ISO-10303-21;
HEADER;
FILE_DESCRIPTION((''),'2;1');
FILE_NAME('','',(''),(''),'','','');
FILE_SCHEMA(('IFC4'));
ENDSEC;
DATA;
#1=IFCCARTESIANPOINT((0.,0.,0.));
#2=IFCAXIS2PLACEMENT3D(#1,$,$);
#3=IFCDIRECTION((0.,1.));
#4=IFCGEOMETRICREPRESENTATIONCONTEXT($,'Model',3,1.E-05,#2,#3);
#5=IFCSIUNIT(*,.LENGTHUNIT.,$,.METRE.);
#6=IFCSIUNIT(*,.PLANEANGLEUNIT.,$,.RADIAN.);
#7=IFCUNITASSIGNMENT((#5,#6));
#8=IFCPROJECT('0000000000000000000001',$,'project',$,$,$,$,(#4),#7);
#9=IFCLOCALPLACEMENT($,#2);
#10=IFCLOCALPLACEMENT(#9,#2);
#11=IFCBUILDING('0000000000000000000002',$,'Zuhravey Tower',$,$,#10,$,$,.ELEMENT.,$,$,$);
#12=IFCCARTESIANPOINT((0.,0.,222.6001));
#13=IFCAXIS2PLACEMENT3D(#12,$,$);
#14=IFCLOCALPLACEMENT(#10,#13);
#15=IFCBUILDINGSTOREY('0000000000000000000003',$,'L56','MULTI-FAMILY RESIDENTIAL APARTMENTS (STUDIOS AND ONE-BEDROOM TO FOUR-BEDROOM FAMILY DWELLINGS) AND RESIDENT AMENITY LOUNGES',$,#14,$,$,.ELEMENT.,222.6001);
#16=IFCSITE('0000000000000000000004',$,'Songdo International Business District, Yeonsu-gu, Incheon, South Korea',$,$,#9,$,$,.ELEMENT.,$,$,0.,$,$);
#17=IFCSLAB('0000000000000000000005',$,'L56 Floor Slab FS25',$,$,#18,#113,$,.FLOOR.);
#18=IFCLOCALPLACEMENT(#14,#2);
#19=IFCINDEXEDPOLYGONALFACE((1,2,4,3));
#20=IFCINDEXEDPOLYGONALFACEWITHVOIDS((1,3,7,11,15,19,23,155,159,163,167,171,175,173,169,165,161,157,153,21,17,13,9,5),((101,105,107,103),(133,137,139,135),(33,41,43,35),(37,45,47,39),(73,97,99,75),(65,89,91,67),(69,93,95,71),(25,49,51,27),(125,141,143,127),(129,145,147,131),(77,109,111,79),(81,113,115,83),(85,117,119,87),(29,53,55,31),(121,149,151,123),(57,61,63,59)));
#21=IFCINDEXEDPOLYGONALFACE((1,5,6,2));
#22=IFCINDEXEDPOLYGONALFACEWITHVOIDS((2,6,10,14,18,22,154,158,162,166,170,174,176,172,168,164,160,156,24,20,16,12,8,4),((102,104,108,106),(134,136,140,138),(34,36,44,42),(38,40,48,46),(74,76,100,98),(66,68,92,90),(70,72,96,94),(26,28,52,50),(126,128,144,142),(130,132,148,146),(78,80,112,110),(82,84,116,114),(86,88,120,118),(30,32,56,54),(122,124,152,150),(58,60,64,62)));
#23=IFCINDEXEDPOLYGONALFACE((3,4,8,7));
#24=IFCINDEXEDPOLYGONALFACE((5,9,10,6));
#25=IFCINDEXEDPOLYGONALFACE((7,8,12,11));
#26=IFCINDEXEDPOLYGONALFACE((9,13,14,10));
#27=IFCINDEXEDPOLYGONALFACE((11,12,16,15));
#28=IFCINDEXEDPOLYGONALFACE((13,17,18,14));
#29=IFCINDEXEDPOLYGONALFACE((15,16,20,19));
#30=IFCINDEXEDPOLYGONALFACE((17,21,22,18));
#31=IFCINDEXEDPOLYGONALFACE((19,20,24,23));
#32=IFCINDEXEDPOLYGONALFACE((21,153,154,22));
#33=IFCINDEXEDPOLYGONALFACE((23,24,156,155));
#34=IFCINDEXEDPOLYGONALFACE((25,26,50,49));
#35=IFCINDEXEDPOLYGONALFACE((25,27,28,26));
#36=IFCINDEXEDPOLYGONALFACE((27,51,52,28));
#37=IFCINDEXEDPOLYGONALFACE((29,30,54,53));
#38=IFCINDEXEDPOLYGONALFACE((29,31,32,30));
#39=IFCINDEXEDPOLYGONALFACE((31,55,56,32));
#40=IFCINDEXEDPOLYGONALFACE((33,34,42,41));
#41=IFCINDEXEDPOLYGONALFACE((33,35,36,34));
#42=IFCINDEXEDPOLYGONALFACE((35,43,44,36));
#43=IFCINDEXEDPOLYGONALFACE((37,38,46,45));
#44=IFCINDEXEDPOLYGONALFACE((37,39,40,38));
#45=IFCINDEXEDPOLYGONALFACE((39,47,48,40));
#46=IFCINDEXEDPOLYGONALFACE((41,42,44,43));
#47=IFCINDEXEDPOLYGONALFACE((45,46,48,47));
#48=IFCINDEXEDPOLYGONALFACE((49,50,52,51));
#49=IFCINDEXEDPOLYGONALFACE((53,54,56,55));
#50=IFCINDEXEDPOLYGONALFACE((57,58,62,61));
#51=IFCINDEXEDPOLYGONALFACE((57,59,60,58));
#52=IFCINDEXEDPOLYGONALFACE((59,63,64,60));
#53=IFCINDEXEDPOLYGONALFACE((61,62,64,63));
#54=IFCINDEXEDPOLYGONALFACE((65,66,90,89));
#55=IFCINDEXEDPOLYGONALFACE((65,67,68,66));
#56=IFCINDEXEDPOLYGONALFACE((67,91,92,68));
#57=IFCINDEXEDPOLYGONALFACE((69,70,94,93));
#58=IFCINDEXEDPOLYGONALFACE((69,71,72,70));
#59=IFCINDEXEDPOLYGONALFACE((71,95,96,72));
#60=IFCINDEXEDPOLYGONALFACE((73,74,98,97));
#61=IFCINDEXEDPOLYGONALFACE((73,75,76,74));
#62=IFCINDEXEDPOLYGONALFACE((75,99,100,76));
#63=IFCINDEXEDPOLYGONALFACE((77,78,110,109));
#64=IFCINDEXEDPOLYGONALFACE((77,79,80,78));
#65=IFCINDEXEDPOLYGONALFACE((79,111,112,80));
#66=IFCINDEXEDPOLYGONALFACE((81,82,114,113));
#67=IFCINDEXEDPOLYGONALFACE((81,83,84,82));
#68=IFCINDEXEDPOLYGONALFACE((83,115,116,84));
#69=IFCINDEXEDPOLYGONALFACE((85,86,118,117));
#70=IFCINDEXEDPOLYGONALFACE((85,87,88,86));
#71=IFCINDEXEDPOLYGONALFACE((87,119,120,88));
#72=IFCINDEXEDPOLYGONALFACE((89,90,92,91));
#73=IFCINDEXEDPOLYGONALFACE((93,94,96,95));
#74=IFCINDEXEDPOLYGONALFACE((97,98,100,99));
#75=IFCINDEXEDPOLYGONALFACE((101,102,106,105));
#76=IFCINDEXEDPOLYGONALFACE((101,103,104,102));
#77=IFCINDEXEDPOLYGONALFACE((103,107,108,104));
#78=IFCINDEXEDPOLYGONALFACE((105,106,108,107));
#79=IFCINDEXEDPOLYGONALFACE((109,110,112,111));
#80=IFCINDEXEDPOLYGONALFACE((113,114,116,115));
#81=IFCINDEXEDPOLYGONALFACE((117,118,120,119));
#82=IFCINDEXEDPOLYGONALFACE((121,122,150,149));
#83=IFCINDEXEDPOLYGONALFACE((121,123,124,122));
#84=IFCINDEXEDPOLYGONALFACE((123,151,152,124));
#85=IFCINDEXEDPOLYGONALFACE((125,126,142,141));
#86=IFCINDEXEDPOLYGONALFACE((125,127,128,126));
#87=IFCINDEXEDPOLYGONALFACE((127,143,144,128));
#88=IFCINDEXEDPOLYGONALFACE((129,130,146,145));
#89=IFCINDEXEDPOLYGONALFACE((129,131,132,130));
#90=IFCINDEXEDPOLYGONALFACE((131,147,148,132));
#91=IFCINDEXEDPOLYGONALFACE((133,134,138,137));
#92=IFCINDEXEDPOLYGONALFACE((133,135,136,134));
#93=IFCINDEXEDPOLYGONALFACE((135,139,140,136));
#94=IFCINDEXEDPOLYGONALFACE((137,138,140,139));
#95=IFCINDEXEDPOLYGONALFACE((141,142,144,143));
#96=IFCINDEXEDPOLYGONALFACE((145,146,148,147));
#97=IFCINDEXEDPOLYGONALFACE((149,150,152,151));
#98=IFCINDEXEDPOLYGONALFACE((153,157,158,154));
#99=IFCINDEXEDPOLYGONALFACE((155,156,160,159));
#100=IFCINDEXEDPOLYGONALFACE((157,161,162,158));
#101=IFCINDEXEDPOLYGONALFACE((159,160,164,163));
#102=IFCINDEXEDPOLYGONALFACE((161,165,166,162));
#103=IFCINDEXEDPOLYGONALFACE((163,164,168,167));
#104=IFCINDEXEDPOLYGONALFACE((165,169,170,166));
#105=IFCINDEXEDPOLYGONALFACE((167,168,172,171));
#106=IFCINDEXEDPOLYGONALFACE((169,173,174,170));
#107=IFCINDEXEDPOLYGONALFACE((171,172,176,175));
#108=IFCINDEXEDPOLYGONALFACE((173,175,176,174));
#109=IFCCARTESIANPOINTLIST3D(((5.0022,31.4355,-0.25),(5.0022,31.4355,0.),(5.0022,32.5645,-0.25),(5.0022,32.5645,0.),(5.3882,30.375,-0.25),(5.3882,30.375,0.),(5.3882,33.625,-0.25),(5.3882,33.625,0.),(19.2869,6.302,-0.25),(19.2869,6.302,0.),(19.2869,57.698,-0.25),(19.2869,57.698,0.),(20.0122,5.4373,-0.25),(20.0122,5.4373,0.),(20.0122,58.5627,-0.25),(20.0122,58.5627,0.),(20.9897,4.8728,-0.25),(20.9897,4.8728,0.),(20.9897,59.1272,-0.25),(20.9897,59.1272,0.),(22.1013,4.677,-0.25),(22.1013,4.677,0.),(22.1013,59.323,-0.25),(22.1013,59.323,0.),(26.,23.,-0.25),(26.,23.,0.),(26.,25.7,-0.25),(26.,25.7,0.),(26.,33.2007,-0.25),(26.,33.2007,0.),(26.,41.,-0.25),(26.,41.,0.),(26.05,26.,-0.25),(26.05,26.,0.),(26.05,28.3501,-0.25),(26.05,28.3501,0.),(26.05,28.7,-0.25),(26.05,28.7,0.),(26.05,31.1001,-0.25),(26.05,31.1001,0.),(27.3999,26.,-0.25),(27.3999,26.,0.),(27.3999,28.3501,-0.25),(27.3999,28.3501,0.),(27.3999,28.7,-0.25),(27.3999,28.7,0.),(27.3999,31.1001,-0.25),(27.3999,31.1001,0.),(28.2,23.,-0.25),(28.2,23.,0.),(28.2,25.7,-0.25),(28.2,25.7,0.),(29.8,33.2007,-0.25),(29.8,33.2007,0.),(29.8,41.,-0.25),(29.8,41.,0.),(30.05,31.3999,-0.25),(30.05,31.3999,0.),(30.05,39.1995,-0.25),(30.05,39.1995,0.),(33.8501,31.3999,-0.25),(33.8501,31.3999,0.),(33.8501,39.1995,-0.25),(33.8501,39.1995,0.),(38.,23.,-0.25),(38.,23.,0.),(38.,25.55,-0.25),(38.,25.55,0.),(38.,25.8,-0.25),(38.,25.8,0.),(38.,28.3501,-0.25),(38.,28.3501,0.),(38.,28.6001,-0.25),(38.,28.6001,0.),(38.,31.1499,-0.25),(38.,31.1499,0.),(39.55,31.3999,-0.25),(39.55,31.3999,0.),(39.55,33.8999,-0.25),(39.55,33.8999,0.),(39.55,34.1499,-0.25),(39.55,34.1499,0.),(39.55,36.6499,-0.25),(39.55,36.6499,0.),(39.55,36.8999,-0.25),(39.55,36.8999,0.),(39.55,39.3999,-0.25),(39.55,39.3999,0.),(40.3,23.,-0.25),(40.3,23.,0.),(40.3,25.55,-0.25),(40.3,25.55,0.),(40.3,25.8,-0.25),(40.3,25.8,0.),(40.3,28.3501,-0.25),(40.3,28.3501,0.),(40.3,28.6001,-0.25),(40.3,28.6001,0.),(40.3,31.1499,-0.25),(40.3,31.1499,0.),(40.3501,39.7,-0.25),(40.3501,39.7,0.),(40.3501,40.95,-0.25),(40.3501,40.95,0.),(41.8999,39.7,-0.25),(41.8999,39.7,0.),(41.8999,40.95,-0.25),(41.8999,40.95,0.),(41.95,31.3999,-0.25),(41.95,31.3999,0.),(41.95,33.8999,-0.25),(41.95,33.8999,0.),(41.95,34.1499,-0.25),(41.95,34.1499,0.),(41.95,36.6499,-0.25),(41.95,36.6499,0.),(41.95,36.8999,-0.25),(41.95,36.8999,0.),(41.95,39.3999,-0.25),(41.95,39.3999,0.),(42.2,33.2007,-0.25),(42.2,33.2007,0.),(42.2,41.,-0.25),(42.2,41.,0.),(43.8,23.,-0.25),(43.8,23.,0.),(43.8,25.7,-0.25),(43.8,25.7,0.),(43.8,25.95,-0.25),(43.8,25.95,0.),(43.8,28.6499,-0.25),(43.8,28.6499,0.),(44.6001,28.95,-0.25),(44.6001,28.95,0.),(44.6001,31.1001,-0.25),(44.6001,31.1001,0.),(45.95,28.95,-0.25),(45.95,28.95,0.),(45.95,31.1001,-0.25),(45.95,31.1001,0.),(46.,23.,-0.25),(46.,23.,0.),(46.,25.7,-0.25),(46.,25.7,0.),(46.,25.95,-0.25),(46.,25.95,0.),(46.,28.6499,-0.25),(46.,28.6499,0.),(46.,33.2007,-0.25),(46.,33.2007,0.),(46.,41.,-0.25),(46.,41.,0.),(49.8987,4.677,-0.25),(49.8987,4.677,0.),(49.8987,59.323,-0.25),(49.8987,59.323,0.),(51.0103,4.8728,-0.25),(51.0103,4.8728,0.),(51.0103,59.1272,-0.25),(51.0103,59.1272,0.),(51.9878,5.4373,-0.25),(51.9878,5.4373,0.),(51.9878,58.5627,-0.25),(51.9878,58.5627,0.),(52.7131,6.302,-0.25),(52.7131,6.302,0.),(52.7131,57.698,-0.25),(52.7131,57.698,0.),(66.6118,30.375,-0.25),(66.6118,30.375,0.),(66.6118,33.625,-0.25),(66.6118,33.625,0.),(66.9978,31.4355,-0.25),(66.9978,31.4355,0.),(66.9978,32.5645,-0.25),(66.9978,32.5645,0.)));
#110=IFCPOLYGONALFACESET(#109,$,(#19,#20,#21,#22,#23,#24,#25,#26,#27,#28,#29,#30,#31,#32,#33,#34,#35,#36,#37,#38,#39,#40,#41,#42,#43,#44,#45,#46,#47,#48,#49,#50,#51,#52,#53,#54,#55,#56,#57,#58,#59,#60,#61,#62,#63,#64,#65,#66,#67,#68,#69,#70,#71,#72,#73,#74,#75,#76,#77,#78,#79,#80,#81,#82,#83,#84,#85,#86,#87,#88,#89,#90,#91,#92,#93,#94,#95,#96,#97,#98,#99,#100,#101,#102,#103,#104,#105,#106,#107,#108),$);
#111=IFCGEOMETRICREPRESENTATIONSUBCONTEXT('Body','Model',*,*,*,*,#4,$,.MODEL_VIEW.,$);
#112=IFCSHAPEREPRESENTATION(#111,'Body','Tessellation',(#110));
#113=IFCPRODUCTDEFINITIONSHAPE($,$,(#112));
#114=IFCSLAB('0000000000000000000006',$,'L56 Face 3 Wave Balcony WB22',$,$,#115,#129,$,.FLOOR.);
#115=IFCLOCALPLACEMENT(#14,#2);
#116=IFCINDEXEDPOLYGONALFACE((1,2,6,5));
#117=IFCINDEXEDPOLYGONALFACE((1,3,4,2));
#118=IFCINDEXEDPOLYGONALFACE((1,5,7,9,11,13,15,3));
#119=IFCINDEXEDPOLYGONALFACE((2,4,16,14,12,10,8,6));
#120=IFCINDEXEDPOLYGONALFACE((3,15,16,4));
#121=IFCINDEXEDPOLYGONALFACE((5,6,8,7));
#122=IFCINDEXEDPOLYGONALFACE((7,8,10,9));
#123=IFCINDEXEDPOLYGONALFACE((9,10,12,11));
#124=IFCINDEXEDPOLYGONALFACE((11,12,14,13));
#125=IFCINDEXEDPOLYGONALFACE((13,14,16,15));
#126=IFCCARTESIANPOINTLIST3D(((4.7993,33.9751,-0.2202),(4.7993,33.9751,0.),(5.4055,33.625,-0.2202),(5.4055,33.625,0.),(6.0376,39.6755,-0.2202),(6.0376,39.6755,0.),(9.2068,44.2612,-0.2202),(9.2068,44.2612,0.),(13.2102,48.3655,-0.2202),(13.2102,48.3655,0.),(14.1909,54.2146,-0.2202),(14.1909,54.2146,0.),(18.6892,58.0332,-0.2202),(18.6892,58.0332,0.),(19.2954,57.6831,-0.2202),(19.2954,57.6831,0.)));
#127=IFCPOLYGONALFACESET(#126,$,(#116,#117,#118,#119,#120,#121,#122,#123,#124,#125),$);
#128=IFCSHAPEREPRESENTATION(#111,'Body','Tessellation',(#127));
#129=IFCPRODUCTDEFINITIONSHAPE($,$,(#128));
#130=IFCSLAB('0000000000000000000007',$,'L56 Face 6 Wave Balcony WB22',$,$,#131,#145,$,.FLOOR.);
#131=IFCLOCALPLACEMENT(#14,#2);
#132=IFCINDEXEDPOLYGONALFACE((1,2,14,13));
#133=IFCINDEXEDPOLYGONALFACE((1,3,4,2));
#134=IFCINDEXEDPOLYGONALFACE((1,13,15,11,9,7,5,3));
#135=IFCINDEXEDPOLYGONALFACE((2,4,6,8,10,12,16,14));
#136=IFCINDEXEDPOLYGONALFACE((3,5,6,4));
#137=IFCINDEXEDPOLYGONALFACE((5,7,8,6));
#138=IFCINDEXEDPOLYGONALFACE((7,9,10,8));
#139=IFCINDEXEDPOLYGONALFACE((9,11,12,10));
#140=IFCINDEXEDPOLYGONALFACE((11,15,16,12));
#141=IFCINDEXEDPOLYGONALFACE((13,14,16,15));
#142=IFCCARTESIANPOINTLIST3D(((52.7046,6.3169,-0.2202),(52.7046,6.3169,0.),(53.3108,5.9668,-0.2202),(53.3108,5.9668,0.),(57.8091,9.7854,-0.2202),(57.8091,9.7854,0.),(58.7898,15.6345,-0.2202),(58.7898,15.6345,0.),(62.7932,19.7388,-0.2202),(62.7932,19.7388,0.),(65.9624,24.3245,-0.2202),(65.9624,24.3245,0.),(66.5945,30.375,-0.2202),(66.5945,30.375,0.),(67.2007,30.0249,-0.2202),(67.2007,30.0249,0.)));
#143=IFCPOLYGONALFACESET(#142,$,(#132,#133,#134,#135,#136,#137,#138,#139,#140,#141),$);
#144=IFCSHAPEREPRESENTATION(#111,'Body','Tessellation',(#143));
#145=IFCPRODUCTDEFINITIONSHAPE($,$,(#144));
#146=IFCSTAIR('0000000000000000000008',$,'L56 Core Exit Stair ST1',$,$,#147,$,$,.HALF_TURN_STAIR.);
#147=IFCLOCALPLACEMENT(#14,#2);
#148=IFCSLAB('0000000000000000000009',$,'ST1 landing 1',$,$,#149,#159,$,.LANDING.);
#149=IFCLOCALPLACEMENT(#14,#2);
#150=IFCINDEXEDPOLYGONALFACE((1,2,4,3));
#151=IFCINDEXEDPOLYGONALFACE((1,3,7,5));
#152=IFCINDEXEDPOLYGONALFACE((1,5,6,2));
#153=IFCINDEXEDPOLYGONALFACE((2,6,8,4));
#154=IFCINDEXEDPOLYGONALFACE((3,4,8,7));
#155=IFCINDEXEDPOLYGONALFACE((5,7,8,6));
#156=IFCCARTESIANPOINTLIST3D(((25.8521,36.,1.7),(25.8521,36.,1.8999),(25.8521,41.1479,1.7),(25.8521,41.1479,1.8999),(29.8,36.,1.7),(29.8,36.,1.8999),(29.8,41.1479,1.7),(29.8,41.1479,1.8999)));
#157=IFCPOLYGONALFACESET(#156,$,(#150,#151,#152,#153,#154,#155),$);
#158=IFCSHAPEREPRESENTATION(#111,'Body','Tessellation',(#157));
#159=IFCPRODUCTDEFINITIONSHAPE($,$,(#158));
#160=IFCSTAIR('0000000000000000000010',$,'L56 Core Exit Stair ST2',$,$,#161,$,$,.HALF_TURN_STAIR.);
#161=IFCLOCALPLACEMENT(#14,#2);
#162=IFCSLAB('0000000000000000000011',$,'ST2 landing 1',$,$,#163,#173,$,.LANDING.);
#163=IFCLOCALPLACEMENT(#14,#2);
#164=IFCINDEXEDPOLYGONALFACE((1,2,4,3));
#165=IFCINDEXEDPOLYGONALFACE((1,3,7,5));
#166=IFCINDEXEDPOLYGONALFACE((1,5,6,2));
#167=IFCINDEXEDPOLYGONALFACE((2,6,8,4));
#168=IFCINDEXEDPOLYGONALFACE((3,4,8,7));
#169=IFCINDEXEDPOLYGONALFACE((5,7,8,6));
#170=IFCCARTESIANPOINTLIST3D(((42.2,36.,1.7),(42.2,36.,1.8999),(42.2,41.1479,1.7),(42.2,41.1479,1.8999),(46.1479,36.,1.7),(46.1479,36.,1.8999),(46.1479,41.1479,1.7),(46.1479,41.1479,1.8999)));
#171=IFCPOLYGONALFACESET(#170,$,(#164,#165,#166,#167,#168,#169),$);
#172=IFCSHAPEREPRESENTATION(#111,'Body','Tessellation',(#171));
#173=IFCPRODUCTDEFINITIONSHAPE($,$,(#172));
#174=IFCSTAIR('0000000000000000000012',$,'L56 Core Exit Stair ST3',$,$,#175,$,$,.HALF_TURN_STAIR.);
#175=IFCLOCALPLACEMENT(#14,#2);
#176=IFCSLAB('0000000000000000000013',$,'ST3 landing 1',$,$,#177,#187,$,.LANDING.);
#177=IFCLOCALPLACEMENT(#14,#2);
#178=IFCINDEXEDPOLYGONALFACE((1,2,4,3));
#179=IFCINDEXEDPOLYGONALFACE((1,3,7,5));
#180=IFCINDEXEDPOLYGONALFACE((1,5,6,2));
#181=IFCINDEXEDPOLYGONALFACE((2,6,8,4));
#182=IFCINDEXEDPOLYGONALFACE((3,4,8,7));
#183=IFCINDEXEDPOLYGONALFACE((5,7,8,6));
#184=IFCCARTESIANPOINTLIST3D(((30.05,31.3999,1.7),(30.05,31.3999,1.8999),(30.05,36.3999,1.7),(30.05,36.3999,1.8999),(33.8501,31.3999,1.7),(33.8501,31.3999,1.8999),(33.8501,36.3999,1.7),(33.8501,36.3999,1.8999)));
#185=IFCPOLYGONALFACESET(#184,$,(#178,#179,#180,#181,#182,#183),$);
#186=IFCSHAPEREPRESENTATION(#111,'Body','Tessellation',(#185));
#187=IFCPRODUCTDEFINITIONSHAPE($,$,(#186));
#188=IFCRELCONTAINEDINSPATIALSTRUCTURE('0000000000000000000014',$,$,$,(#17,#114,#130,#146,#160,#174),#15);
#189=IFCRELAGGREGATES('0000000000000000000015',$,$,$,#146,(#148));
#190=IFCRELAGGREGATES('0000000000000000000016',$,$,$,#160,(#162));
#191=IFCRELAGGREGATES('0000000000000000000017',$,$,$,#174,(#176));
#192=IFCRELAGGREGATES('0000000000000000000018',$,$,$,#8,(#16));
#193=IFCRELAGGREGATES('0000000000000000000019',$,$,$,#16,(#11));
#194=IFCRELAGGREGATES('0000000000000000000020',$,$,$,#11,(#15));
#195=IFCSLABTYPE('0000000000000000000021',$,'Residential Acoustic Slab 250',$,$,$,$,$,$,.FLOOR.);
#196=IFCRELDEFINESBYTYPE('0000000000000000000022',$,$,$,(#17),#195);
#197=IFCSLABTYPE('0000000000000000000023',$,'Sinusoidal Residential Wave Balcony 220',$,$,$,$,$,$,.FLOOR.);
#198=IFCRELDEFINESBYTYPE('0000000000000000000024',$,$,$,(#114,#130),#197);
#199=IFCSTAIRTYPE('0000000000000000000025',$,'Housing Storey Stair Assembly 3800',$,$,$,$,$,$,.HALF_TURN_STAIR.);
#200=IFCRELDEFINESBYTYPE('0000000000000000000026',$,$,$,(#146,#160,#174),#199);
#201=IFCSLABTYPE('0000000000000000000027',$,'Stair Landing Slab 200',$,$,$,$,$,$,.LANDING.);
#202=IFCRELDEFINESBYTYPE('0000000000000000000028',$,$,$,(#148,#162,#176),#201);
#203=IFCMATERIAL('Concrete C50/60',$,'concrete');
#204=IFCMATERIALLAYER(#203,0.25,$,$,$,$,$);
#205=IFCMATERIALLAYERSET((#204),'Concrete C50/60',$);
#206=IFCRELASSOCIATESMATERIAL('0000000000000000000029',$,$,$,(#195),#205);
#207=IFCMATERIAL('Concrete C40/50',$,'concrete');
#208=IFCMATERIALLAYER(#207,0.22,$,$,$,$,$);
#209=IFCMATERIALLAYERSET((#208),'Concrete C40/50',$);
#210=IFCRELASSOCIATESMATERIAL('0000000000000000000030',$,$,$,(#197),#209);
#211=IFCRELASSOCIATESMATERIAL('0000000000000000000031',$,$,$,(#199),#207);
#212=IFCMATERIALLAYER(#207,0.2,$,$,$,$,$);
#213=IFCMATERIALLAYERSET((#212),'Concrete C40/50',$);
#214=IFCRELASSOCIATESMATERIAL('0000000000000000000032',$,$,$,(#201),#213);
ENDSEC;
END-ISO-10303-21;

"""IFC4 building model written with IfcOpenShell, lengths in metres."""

from ifc_helpers import new_model, si_unit, direction, frame, origin, place, context, subcontext, project, spatial, polyline, outline, extrude, material, layer, layer_set, type_object, element, aggregate, save


model = new_model("IFC4")

# Units and contexts
model_context = context("Model", 3, precision=1e-05, world=origin(), true_north=direction((0.0, 1.0)))
body_context = subcontext(model_context, "Body", "Model", "MODEL_VIEW")
ifc_project = project(units=[si_unit("LENGTHUNIT", "METRE"), si_unit("PLANEANGLEUNIT", "RADIAN")], contexts=[model_context])

# Site, building, storey
site_placement = place(None, origin())
site = spatial("IfcSite", under=ifc_project, at=site_placement, Name="Songdo International Business District, Yeonsu-gu, Incheon, South Korea", CompositionType="ELEMENT", RefElevation=0.0)
building_placement = place(site_placement, origin())
building = spatial("IfcBuilding", under=site, at=building_placement, Name="Zuhravey Tower", CompositionType="ELEMENT")
storey_placement = place(building_placement, frame((0.0, 0.0, 222.6001)))
storey = spatial("IfcBuildingStorey", under=building, at=storey_placement, Name="L56", Description="MULTI-FAMILY RESIDENTIAL APARTMENTS (STUDIOS AND ONE-BEDROOM TO FOUR-BEDROOM FAMILY DWELLINGS) AND RESIDENT AMENITY LOUNGES", CompositionType="ELEMENT", Elevation=222.6001)

# Shared definitions
ifc_material_1 = material(Name="Concrete C50/60", Category="concrete")

# Slabs
ifc_layer_1 = layer(ifc_material_1, 0.25)
ifc_layer_set_1 = layer_set([ifc_layer_1], Name="Concrete C50/60")
slab_type_1 = type_object("IfcSlabType", Name="Residential Acoustic Slab 250", PredefinedType="FLOOR", material=ifc_layer_set_1)
slab_1_placement = place(storey_placement, frame((0.0, 0.0, -0.25)))
element("IfcSlab", 1, at=slab_1_placement, inside=storey, type_object=slab_type_1, Name="L56 Floor Slab FS25", PredefinedType="FLOOR", context=body_context, shape_type="SweptSolid", body=[
    extrude(outline(polyline([(66.6118, 30.375), (66.9978, 31.4355), (66.9978, 32.5645), (66.6118, 33.625), (52.7131, 57.698), (51.9878, 58.5627), (51.0103, 59.1272), (49.8987, 59.323), (22.1013, 59.323), (20.9897, 59.1272), (20.0122, 58.5627), (19.2869, 57.698), (5.3882, 33.625), (5.0022, 32.5645), (5.0022, 31.4355), (5.3882, 30.375), (19.2869, 6.302), (20.0122, 5.4373), (20.9897, 4.8728), (22.1013, 4.677), (49.8987, 4.677), (51.0103, 4.8728), (51.9878, 5.4373), (52.7131, 6.302), (66.6118, 30.375)]), holes=[polyline([(29.8, 33.2007), (29.8, 41.0), (26.0, 41.0), (26.0, 33.2007), (29.8, 33.2007)]), polyline([(46.0, 33.2007), (46.0, 41.0), (42.2, 41.0), (42.2, 33.2007), (46.0, 33.2007)]), polyline([(30.05, 39.1995), (30.05, 31.3999), (33.8501, 31.3999), (33.8501, 39.1995), (30.05, 39.1995)]), polyline([(38.0, 23.0), (40.3, 23.0), (40.3, 25.55), (38.0, 25.55), (38.0, 23.0)]), polyline([(38.0, 25.8), (40.3, 25.8), (40.3, 28.3501), (38.0, 28.3501), (38.0, 25.8)]), polyline([(38.0, 28.6001), (40.3, 28.6001), (40.3, 31.1499), (38.0, 31.1499), (38.0, 28.6001)]), polyline([(39.55, 31.3999), (41.95, 31.3999), (41.95, 33.8999), (39.55, 33.8999), (39.55, 31.3999)]), polyline([(39.55, 34.1499), (41.95, 34.1499), (41.95, 36.6499), (39.55, 36.6499), (39.55, 34.1499)]), polyline([(39.55, 36.8999), (41.95, 36.8999), (41.95, 39.3999), (39.55, 39.3999), (39.55, 36.8999)]), polyline([(26.0, 23.0), (28.2, 23.0), (28.2, 25.7), (26.0, 25.7), (26.0, 23.0)]), polyline([(43.8, 23.0), (46.0, 23.0), (46.0, 25.7), (43.8, 25.7), (43.8, 23.0)]), polyline([(43.8, 25.95), (46.0, 25.95), (46.0, 28.6499), (43.8, 28.6499), (43.8, 25.95)]), polyline([(26.05, 26.0), (27.3999, 26.0), (27.3999, 28.3501), (26.05, 28.3501), (26.05, 26.0)]), polyline([(26.05, 28.7), (27.3999, 28.7), (27.3999, 31.1001), (26.05, 31.1001), (26.05, 28.7)]), polyline([(44.6001, 28.95), (45.95, 28.95), (45.95, 31.1001), (44.6001, 31.1001), (44.6001, 28.95)]), polyline([(40.3501, 39.7), (41.8999, 39.7), (41.8999, 40.95), (40.3501, 40.95), (40.3501, 39.7)])]), origin(), (0.0, 0.0, 1.0), 0.25),
])
ifc_material_2 = material(Name="Concrete C40/50", Category="concrete")
ifc_layer_2 = layer(ifc_material_2, 0.22)
ifc_layer_set_2 = layer_set([ifc_layer_2], Name="Concrete C40/50")
slab_type_2 = type_object("IfcSlabType", Name="Sinusoidal Residential Wave Balcony 220", PredefinedType="FLOOR", material=ifc_layer_set_2)
slab_2_placement = place(storey_placement, frame((0.0, 0.0, -0.2202)))
element("IfcSlab", 2, at=slab_2_placement, inside=storey, type_object=slab_type_2, Name="L56 Face 3 Wave Balcony WB22", PredefinedType="FLOOR", context=body_context, shape_type="SweptSolid", body=[
    extrude(outline(polyline([(19.2954, 57.6831), (5.4055, 33.625), (4.7993, 33.9751), (6.0376, 39.6755), (9.2068, 44.2612), (13.2102, 48.3655), (14.1909, 54.2146), (18.6892, 58.0332), (19.2954, 57.6831)])), origin(), (0.0, 0.0, 1.0), 0.2202),
])
slab_3_placement = place(storey_placement, frame((0.0, 0.0, -0.2202)))
element("IfcSlab", 3, at=slab_3_placement, inside=storey, type_object=slab_type_2, Name="L56 Face 6 Wave Balcony WB22", PredefinedType="FLOOR", context=body_context, shape_type="SweptSolid", body=[
    extrude(outline(polyline([(52.7046, 6.3169), (66.5945, 30.375), (67.2007, 30.0249), (65.9624, 24.3245), (62.7932, 19.7388), (58.7898, 15.6345), (57.8091, 9.7854), (53.3108, 5.9668), (52.7046, 6.3169)])), origin(), (0.0, 0.0, 1.0), 0.2202),
])

# Stairs, slabs
stair_type = type_object("IfcStairType", Name="Housing Storey Stair Assembly 3800", PredefinedType="HALF_TURN_STAIR", material=ifc_material_2)
stair_1_placement = place(storey_placement, origin())
stair_1 = element("IfcStair", 4, at=stair_1_placement, inside=storey, type_object=stair_type, Name="L56 Core Exit Stair ST1", PredefinedType="HALF_TURN_STAIR")
ifc_layer_3 = layer(ifc_material_2, 0.2)
ifc_layer_set_3 = layer_set([ifc_layer_3], Name="Concrete C40/50")
slab_type_3 = type_object("IfcSlabType", Name="Stair Landing Slab 200", PredefinedType="LANDING", material=ifc_layer_set_3)
slab_4_placement = place(storey_placement, frame((0.0, 0.0, 1.7)))
slab_4 = element("IfcSlab", 5, at=slab_4_placement, type_object=slab_type_3, Name="ST1 landing 1", PredefinedType="LANDING", context=body_context, shape_type="SweptSolid", body=[
    extrude(outline(polyline([(29.8, 36.0), (29.8, 41.1479), (25.8521, 41.1479), (25.8521, 36.0), (29.8, 36.0)])), origin(), (0.0, 0.0, 1.0), 0.2),
])
aggregate(stair_1, [slab_4])
stair_2_placement = place(storey_placement, origin())
stair_2 = element("IfcStair", 6, at=stair_2_placement, inside=storey, type_object=stair_type, Name="L56 Core Exit Stair ST2", PredefinedType="HALF_TURN_STAIR")
slab_5_placement = place(storey_placement, frame((0.0, 0.0, 1.7)))
slab_5 = element("IfcSlab", 7, at=slab_5_placement, type_object=slab_type_3, Name="ST2 landing 1", PredefinedType="LANDING", context=body_context, shape_type="SweptSolid", body=[
    extrude(outline(polyline([(46.1479, 36.0), (46.1479, 41.1479), (42.2, 41.1479), (42.2, 36.0), (46.1479, 36.0)])), origin(), (0.0, 0.0, 1.0), 0.2),
])
aggregate(stair_2, [slab_5])
stair_3_placement = place(storey_placement, origin())
stair_3 = element("IfcStair", 8, at=stair_3_placement, inside=storey, type_object=stair_type, Name="L56 Core Exit Stair ST3", PredefinedType="HALF_TURN_STAIR")
slab_6_placement = place(storey_placement, frame((0.0, 0.0, 1.7)))
slab_6 = element("IfcSlab", 9, at=slab_6_placement, type_object=slab_type_3, Name="ST3 landing 1", PredefinedType="LANDING", context=body_context, shape_type="SweptSolid", body=[
    extrude(outline(polyline([(30.05, 36.3999), (30.05, 31.3999), (33.8501, 31.3999), (33.8501, 36.3999), (30.05, 36.3999)])), origin(), (0.0, 0.0, 1.0), 0.2),
])
aggregate(stair_3, [slab_6])

save(model, "model.ifc")
